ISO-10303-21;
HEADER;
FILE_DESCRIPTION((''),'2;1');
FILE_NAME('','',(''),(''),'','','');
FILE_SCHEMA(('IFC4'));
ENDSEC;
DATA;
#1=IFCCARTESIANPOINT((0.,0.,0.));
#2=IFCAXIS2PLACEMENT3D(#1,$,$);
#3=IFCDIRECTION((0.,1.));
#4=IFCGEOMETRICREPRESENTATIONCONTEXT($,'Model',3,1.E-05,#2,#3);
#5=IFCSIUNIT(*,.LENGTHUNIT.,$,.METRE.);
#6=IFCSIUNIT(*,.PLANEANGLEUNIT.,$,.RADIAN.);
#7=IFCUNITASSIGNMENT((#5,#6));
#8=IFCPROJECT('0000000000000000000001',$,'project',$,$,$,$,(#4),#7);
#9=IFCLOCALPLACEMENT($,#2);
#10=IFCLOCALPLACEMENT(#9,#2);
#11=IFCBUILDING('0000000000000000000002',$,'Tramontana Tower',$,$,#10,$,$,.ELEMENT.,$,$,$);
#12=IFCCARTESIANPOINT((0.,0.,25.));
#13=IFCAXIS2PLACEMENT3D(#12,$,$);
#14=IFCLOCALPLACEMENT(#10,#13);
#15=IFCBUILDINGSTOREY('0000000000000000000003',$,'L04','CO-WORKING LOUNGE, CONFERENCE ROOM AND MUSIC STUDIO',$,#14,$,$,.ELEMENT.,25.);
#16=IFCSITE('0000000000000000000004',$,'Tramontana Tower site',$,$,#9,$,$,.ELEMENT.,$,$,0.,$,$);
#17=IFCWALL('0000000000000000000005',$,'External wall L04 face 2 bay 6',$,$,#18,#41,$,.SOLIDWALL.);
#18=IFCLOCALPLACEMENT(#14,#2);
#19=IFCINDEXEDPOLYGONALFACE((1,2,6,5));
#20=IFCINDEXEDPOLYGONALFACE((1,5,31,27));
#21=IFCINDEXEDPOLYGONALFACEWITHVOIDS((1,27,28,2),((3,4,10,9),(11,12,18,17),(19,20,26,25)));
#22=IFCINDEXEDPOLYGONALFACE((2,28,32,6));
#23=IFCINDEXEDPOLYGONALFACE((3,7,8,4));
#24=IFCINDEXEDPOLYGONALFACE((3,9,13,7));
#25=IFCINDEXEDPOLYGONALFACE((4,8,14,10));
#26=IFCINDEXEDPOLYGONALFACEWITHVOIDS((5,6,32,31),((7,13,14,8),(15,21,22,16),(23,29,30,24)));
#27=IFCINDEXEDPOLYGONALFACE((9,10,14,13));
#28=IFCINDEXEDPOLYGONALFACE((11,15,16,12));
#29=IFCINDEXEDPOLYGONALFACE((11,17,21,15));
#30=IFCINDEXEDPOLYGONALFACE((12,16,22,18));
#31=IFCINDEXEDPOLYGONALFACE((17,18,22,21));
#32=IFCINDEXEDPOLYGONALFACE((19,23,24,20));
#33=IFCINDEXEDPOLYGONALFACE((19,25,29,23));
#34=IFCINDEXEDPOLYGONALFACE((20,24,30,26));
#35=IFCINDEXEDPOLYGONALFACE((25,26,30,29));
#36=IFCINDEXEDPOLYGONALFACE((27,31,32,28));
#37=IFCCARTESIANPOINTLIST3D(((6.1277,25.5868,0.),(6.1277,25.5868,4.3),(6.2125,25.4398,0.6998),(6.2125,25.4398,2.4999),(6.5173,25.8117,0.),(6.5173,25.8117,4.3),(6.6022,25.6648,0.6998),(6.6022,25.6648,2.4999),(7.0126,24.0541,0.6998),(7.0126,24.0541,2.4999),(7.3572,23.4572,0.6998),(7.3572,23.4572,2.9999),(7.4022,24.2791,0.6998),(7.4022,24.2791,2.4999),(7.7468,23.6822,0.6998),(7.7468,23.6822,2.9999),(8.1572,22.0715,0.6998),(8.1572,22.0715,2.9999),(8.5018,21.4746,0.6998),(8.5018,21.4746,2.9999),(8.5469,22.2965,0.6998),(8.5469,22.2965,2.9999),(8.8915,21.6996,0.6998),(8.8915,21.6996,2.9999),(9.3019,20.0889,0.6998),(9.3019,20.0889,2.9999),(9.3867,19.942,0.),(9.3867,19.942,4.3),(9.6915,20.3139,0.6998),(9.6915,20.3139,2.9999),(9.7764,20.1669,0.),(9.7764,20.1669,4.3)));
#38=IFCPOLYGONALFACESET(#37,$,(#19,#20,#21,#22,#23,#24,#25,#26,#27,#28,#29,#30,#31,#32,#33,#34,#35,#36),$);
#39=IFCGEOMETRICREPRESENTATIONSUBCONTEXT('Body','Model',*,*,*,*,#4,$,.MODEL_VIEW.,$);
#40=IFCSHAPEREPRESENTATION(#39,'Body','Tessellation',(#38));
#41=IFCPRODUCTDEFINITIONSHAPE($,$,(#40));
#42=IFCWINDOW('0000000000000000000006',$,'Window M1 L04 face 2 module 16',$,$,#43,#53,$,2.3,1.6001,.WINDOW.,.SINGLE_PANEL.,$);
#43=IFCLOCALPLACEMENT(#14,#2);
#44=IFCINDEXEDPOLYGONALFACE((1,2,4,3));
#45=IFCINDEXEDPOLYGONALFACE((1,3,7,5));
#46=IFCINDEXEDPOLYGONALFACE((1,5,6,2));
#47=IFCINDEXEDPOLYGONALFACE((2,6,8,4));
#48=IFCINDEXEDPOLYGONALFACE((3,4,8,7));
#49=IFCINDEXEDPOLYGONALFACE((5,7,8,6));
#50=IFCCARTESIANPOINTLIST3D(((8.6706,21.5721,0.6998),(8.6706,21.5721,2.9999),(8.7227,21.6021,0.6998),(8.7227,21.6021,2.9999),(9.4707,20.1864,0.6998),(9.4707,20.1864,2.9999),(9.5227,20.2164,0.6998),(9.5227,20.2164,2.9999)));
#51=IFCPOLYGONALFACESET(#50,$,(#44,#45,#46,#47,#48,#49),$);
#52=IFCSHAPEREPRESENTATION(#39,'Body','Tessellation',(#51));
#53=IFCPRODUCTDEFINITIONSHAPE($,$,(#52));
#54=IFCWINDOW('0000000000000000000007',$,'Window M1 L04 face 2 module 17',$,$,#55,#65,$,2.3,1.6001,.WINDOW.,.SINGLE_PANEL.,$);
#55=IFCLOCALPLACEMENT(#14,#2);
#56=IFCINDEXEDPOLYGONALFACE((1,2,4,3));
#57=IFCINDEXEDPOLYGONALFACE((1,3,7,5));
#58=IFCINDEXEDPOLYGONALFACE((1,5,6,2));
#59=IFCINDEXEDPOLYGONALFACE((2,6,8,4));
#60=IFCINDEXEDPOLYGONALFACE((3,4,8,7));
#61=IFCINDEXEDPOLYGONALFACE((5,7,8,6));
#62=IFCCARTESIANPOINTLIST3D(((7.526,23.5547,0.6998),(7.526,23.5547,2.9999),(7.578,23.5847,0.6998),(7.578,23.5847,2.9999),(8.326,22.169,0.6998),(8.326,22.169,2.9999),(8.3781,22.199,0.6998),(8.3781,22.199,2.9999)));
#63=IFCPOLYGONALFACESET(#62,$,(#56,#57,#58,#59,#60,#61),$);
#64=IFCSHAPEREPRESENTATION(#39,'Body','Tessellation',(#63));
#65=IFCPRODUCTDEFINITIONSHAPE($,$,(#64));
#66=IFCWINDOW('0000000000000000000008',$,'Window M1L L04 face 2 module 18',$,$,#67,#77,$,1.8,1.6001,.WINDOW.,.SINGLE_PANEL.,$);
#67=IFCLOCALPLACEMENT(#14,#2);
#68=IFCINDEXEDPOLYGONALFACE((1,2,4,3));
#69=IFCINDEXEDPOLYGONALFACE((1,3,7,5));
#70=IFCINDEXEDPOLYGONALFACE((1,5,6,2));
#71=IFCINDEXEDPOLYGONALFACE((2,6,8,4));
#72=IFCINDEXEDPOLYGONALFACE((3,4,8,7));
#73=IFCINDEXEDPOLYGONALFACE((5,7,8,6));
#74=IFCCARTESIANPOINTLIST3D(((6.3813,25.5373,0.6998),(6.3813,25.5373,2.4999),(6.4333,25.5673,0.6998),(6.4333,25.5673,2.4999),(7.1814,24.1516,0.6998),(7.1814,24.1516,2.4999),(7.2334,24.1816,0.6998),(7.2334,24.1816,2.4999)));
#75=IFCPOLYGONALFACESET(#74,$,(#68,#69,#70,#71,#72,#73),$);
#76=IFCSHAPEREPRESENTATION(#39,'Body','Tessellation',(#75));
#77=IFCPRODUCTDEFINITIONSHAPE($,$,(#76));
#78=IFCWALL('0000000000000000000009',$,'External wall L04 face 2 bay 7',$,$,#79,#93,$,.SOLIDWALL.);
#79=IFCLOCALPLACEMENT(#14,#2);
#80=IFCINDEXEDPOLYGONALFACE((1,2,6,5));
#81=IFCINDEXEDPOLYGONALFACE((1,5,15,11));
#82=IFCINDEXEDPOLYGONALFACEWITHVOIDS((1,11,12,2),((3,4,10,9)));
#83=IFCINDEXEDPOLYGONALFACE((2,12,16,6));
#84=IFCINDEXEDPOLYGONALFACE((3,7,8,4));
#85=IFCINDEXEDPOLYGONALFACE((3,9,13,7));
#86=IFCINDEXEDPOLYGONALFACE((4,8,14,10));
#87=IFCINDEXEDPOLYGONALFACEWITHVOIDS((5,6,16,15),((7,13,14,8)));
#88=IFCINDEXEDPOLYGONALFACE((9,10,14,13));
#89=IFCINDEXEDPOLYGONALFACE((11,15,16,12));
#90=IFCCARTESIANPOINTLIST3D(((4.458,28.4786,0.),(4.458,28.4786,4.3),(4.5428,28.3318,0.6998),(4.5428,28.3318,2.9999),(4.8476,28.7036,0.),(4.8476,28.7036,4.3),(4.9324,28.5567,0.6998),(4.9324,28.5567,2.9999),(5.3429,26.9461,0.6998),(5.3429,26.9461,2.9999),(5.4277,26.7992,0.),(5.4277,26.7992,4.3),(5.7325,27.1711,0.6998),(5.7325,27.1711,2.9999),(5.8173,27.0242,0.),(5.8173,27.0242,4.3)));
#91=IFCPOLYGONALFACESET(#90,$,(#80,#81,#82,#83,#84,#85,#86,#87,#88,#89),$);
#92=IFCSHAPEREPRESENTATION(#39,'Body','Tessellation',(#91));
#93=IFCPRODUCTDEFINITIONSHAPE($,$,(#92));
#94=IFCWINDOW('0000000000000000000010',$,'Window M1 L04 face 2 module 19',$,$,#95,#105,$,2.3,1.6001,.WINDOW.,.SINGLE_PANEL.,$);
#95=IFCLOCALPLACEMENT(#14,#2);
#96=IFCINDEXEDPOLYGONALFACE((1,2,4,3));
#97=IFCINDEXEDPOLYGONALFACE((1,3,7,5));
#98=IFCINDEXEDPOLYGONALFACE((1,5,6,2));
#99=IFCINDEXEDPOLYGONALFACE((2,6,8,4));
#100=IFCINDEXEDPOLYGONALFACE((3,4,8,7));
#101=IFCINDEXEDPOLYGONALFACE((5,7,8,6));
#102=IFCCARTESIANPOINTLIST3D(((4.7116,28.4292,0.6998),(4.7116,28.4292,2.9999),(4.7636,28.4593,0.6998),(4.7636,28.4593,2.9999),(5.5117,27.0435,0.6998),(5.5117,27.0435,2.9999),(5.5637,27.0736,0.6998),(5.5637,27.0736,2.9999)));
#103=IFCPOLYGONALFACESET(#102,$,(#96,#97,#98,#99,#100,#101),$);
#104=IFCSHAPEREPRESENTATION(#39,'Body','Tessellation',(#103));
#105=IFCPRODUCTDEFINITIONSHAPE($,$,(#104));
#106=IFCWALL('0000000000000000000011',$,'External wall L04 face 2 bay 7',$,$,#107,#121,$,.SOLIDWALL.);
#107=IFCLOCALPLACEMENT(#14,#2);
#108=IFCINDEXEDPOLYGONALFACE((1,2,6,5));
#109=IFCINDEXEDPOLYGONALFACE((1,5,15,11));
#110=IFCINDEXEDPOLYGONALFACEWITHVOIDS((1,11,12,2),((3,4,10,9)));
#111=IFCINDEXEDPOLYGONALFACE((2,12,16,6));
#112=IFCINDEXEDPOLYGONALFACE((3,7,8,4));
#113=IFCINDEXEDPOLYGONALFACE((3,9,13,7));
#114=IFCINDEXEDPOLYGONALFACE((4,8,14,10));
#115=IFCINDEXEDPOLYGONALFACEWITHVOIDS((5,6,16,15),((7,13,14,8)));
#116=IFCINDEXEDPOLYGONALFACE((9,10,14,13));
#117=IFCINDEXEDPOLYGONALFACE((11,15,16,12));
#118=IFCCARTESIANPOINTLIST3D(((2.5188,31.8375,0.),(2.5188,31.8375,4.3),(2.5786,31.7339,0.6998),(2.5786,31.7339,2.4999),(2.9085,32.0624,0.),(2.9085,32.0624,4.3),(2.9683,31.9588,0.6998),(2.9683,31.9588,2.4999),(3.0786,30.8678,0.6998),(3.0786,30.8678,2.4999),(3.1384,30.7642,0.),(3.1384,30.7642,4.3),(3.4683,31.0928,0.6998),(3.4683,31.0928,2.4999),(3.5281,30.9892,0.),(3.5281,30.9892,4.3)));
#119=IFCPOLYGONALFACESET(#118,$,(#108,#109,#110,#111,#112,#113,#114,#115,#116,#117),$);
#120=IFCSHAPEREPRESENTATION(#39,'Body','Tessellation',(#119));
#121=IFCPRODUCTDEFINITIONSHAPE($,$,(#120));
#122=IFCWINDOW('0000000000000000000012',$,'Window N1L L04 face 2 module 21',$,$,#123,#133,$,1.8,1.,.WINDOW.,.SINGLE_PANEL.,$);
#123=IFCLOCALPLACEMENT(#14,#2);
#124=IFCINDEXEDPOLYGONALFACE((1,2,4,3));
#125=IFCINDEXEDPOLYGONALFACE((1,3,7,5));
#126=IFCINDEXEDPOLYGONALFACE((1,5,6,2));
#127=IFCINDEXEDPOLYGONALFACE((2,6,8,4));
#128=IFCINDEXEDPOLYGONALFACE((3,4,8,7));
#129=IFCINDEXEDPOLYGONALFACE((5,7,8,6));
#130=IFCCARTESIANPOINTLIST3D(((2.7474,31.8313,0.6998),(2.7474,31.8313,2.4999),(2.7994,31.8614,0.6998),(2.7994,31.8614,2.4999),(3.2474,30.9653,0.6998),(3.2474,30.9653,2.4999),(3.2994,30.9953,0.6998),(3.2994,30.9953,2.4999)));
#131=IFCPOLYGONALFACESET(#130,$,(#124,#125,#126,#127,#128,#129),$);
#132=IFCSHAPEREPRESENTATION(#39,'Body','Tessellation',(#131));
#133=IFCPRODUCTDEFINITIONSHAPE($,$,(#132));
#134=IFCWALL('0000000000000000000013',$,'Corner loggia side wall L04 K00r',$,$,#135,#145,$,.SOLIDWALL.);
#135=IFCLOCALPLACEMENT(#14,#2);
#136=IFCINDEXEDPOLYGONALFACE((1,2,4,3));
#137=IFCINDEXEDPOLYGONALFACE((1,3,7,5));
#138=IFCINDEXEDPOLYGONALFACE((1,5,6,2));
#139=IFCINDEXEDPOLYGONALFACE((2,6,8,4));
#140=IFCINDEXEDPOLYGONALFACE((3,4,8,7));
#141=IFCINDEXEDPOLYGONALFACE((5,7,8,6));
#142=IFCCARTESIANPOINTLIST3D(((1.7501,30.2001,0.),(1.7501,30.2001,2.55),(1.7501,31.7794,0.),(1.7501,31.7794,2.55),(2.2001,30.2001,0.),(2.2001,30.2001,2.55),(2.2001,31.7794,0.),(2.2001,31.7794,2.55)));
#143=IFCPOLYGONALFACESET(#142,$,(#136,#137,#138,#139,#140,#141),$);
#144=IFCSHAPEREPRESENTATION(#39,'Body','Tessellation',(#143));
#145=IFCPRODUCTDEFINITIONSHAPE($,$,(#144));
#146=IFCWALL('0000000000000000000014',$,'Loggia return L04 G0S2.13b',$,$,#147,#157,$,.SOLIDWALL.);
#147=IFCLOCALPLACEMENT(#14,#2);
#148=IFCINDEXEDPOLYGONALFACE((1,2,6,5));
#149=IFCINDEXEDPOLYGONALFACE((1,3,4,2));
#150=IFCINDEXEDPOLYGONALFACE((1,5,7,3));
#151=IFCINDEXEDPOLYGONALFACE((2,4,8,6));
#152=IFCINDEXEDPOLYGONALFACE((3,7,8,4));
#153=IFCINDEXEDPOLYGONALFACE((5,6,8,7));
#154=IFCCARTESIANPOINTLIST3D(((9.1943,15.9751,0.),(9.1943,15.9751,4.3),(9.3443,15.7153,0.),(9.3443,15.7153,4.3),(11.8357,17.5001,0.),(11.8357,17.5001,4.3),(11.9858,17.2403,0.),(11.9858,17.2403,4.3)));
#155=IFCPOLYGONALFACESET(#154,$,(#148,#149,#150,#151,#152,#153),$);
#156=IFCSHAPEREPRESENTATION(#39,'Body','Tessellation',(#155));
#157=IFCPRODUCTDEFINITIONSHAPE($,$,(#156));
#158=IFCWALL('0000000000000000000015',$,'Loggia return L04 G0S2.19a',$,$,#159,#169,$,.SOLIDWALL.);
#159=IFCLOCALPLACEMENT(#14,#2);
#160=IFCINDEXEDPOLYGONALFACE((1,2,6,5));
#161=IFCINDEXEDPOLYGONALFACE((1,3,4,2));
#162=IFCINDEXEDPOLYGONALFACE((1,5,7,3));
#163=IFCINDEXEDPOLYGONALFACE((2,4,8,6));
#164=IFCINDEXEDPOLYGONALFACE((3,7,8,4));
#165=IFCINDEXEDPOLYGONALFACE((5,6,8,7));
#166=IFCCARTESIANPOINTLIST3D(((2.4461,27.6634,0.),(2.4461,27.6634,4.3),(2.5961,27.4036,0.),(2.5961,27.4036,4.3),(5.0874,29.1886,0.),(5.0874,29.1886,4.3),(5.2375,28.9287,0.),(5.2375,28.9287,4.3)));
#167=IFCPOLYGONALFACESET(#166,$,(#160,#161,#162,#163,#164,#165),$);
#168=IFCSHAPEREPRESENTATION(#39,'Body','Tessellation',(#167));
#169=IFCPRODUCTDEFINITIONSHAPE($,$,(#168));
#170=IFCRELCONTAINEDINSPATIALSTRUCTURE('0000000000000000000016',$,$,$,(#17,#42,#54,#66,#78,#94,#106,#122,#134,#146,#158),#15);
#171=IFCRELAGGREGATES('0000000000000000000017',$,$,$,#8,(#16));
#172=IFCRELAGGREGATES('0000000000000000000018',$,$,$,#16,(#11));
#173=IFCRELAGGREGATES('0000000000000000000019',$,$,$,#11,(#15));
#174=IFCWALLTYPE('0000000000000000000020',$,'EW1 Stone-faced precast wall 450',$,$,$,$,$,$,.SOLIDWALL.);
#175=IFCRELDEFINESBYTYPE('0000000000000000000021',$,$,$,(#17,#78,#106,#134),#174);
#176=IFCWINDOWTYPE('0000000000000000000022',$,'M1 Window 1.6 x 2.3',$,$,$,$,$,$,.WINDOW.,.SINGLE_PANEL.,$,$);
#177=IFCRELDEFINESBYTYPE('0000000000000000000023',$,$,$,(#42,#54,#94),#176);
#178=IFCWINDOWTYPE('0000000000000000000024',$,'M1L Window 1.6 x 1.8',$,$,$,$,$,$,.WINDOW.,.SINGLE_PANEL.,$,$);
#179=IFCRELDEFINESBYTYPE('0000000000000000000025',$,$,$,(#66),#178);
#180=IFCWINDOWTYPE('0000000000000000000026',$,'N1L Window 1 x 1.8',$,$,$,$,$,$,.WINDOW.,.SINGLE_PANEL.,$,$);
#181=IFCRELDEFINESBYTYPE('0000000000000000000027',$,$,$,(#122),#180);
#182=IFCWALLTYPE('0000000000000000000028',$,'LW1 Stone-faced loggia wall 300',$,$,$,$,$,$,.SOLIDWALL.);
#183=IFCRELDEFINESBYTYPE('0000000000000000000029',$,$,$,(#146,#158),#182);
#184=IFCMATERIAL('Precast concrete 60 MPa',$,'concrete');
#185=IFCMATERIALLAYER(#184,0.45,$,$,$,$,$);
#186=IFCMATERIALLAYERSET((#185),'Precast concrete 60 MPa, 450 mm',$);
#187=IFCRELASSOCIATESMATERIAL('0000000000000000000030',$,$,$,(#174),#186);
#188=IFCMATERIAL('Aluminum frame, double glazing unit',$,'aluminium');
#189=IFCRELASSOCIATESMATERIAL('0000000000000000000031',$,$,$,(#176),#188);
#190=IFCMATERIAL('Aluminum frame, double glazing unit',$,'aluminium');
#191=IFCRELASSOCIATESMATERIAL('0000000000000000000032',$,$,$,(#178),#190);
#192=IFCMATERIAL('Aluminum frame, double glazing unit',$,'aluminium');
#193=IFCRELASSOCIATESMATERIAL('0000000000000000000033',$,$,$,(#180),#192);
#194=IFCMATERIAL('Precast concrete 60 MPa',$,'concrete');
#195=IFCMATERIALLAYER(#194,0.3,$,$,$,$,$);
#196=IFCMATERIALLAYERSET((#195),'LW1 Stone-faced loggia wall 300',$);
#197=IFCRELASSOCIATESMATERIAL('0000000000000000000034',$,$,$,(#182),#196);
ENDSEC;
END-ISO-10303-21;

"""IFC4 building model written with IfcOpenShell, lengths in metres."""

from ifc_helpers import new_model, si_unit, direction, frame, frame_2d, origin, place, context, subcontext, project, spatial, rectangle, extrude, material, layer, layer_set, type_object, element, fill, save


model = new_model("IFC4")

# Units and contexts
model_context = context("Model", 3, precision=1e-05, world=origin(), true_north=direction((0.0, 1.0)))
body_context = subcontext(model_context, "Body", "Model", "MODEL_VIEW")
ifc_project = project(units=[si_unit("LENGTHUNIT", "METRE"), si_unit("PLANEANGLEUNIT", "RADIAN")], contexts=[model_context])

# Site, building, storey
site_placement = place(None, origin())
site = spatial("IfcSite", under=ifc_project, at=site_placement, Name="Tramontana Tower site", CompositionType="ELEMENT", RefElevation=0.0)
building_placement = place(site_placement, origin())
building = spatial("IfcBuilding", under=site, at=building_placement, Name="Tramontana Tower", CompositionType="ELEMENT")
storey_placement = place(building_placement, frame((0.0, 0.0, 25.0)))
storey = spatial("IfcBuildingStorey", under=building, at=storey_placement, Name="L04", Description="CO-WORKING LOUNGE, CONFERENCE ROOM AND MUSIC STUDIO", CompositionType="ELEMENT", Elevation=25.0)

# Shared definitions
ifc_material_1 = material(Name="Precast concrete 60 MPa", Category="concrete")
ifc_layer_1 = layer(ifc_material_1, 0.45)
ifc_layer_set_1 = layer_set([ifc_layer_1], Name="Precast concrete 60 MPa, 450 mm")
wall_type_1 = type_object("IfcWallType", Name="EW1 Stone-faced precast wall 450", PredefinedType="SOLIDWALL", material=ifc_layer_set_1)
ifc_material_2 = material(Name="Aluminum frame, double glazing unit", Category="aluminium")
window_type_1 = type_object("IfcWindowType", Name="M1 Window 1.6 x 2.3", PartitioningType="SINGLE_PANEL", PredefinedType="WINDOW", material=ifc_material_2)

# Wall, openings, windows
wall_1_placement = place(storey_placement, frame((9.5815, 20.0544, 0.0), z_axis=(0.0, 0.0, 1.0), x_axis=(-0.500002, 0.866024, 0.0)))
wall_1 = element("IfcWall", 1, at=wall_1_placement, inside=storey, type_object=wall_type_1, Name="External wall L04 face 2 bay 6", PredefinedType="SOLIDWALL", context=body_context, shape_type="SweptSolid", body=[
    extrude(rectangle(XDim=6.5181, YDim=0.45, at=frame_2d((3.259, 0.0))), origin(), (0.0, 0.0, 1.0), 4.3),
])
opening_1_placement = place(wall_1_placement, frame((0.1697, 0.0, 0.7)))
opening_1 = element("IfcOpeningElement", 2, at=opening_1_placement, cuts=wall_1, PredefinedType="OPENING", context=body_context, shape_type="SweptSolid", body=[
    extrude(rectangle(XDim=1.6001, YDim=2.3, at=frame_2d((0.8, 1.1499))), frame((0.0, 0.2349, 0.0), z_axis=(0.0, -1.0, 0.0), x_axis=(1.0, 0.0, 0.0)), (0.0, 0.0, 1.0), 0.47),
])
opening_2_placement = place(wall_1_placement, frame((2.459, 0.0, 0.7)))
opening_2 = element("IfcOpeningElement", 3, at=opening_2_placement, cuts=wall_1, PredefinedType="OPENING", context=body_context, shape_type="SweptSolid", body=[
    extrude(rectangle(XDim=1.6001, YDim=2.3, at=frame_2d((0.8, 1.1499))), frame((0.0, 0.2349, 0.0), z_axis=(0.0, -1.0, 0.0), x_axis=(1.0, 0.0, 0.0)), (0.0, 0.0, 1.0), 0.47),
])
opening_3_placement = place(wall_1_placement, frame((4.7483, 0.0, 0.7)))
opening_3 = element("IfcOpeningElement", 4, at=opening_3_placement, cuts=wall_1, PredefinedType="OPENING", context=body_context, shape_type="SweptSolid", body=[
    extrude(rectangle(XDim=1.6001, YDim=1.8, at=frame_2d((0.8, 0.8999))), frame((0.0, 0.2349, 0.0), z_axis=(0.0, -1.0, 0.0), x_axis=(1.0, 0.0, 0.0)), (0.0, 0.0, 1.0), 0.47),
])
window_1_placement = place(opening_1_placement, origin())
window_1 = element("IfcWindow", 5, at=window_1_placement, inside=storey, type_object=window_type_1, Name="Window M1 L04 face 2 module 16", OverallHeight=2.3, OverallWidth=1.6001, PartitioningType="SINGLE_PANEL", PredefinedType="WINDOW", context=body_context, shape_type="SweptSolid", body=[
    extrude(rectangle(XDim=1.6001, YDim=2.3, at=frame_2d((0.8, 1.1499))), frame((0.0, 0.03, 0.0), z_axis=(0.0, -1.0, 0.0), x_axis=(1.0, 0.0, 0.0)), (0.0, 0.0, 1.0), 0.0601),
])
fill(opening_1, window_1)
window_2_placement = place(opening_2_placement, origin())
window_2 = element("IfcWindow", 6, at=window_2_placement, inside=storey, type_object=window_type_1, Name="Window M1 L04 face 2 module 17", OverallHeight=2.3, OverallWidth=1.6001, PartitioningType="SINGLE_PANEL", PredefinedType="WINDOW", context=body_context, shape_type="SweptSolid", body=[
    extrude(rectangle(XDim=1.6001, YDim=2.3, at=frame_2d((0.8, 1.1499))), frame((0.0, 0.03, 0.0), z_axis=(0.0, -1.0, 0.0), x_axis=(1.0, 0.0, 0.0)), (0.0, 0.0, 1.0), 0.0601),
])
fill(opening_2, window_2)
ifc_material_3 = material(Name="Aluminum frame, double glazing unit", Category="aluminium")
window_type_2 = type_object("IfcWindowType", Name="M1L Window 1.6 x 1.8", PartitioningType="SINGLE_PANEL", PredefinedType="WINDOW", material=ifc_material_3)
window_3_placement = place(opening_3_placement, origin())
window_3 = element("IfcWindow", 7, at=window_3_placement, inside=storey, type_object=window_type_2, Name="Window M1L L04 face 2 module 18", OverallHeight=1.8, OverallWidth=1.6001, PartitioningType="SINGLE_PANEL", PredefinedType="WINDOW", context=body_context, shape_type="SweptSolid", body=[
    extrude(rectangle(XDim=1.6001, YDim=1.8, at=frame_2d((0.8, 0.8999))), frame((0.0, 0.03, 0.0), z_axis=(0.0, -1.0, 0.0), x_axis=(1.0, 0.0, 0.0)), (0.0, 0.0, 1.0), 0.0601),
])
fill(opening_3, window_3)

# Walls, openings, windows
wall_2_placement = place(storey_placement, frame((5.6226, 26.9116, 0.0), z_axis=(0.0, 0.0, 1.0), x_axis=(-0.500038, 0.866003, 0.0)))
wall_2 = element("IfcWall", 8, at=wall_2_placement, inside=storey, type_object=wall_type_1, Name="External wall L04 face 2 bay 7", PredefinedType="SOLIDWALL", context=body_context, shape_type="SweptSolid", body=[
    extrude(rectangle(XDim=1.9392, YDim=0.45, at=frame_2d((0.9697, 0.0))), origin(), (0.0, 0.0, 1.0), 4.3),
])
opening_4_placement = place(wall_2_placement, frame((0.1697, 0.0, 0.7)))
opening_4 = element("IfcOpeningElement", 9, at=opening_4_placement, cuts=wall_2, PredefinedType="OPENING", context=body_context, shape_type="SweptSolid", body=[
    extrude(rectangle(XDim=1.6001, YDim=2.3, at=frame_2d((0.8, 1.1499))), frame((0.0, 0.2349, 0.0), z_axis=(0.0, -1.0, 0.0), x_axis=(1.0, 0.0, 0.0)), (0.0, 0.0, 1.0), 0.47),
])
window_4_placement = place(opening_4_placement, origin())
window_4 = element("IfcWindow", 10, at=window_4_placement, inside=storey, type_object=window_type_1, Name="Window M1 L04 face 2 module 19", OverallHeight=2.3, OverallWidth=1.6001, PartitioningType="SINGLE_PANEL", PredefinedType="WINDOW", context=body_context, shape_type="SweptSolid", body=[
    extrude(rectangle(XDim=1.6001, YDim=2.3, at=frame_2d((0.8, 1.1499))), frame((0.0, 0.03, 0.0), z_axis=(0.0, -1.0, 0.0), x_axis=(1.0, 0.0, 0.0)), (0.0, 0.0, 1.0), 0.0601),
])
fill(opening_4, window_4)
wall_3_placement = place(storey_placement, frame((3.3333, 30.8767, 0.0), z_axis=(0.0, 0.0, 1.0), x_axis=(-0.499995, 0.866028, 0.0)))
wall_3 = element("IfcWall", 11, at=wall_3_placement, inside=storey, type_object=wall_type_1, Name="External wall L04 face 2 bay 7", PredefinedType="SOLIDWALL", context=body_context, shape_type="SweptSolid", body=[
    extrude(rectangle(XDim=1.2393, YDim=0.45, at=frame_2d((0.6196, 0.0))), origin(), (0.0, 0.0, 1.0), 4.3),
])
opening_5_placement = place(wall_3_placement, frame((0.1196, 0.0, 0.7)))
opening_5 = element("IfcOpeningElement", 12, at=opening_5_placement, cuts=wall_3, PredefinedType="OPENING", context=body_context, shape_type="SweptSolid", body=[
    extrude(rectangle(XDim=1.0, YDim=1.8, at=frame_2d((0.5, 0.8999))), frame((0.0, 0.2349, 0.0), z_axis=(0.0, -1.0, 0.0), x_axis=(1.0, 0.0, 0.0)), (0.0, 0.0, 1.0), 0.47),
])
ifc_material_4 = material(Name="Aluminum frame, double glazing unit", Category="aluminium")
window_type_3 = type_object("IfcWindowType", Name="N1L Window 1 x 1.8", PartitioningType="SINGLE_PANEL", PredefinedType="WINDOW", material=ifc_material_4)
window_5_placement = place(opening_5_placement, origin())
window_5 = element("IfcWindow", 13, at=window_5_placement, inside=storey, type_object=window_type_3, Name="Window N1L L04 face 2 module 21", OverallHeight=1.8, OverallWidth=1.0, PartitioningType="SINGLE_PANEL", PredefinedType="WINDOW", context=body_context, shape_type="SweptSolid", body=[
    extrude(rectangle(XDim=1.0, YDim=1.8, at=frame_2d((0.5, 0.8999))), frame((0.0, 0.03, 0.0), z_axis=(0.0, -1.0, 0.0), x_axis=(1.0, 0.0, 0.0)), (0.0, 0.0, 1.0), 0.0601),
])
fill(opening_5, window_5)

# Walls
wall_4_placement = place(storey_placement, frame((1.9751, 31.7793, 0.0), z_axis=(0.0, 0.0, 1.0), x_axis=(0.0, -1.0, 0.0)))
element("IfcWall", 14, at=wall_4_placement, inside=storey, type_object=wall_type_1, Name="Corner loggia side wall L04 K00r", PredefinedType="SOLIDWALL", context=body_context, shape_type="SweptSolid", body=[
    extrude(rectangle(XDim=1.5793, YDim=0.45, at=frame_2d((0.7896, 0.0))), origin(), (0.0, 0.0, 1.0), 2.55),
])
ifc_material_5 = material(Name="Precast concrete 60 MPa", Category="concrete")
ifc_layer_2 = layer(ifc_material_5, 0.3)
ifc_layer_set_2 = layer_set([ifc_layer_2], Name="LW1 Stone-faced loggia wall 300")
wall_type_2 = type_object("IfcWallType", Name="LW1 Stone-faced loggia wall 300", PredefinedType="SOLIDWALL", material=ifc_layer_set_2)
wall_5_placement = place(storey_placement, frame((11.9106, 17.3701, 0.0), z_axis=(0.0, 0.0, 1.0), x_axis=(-0.866038, -0.499979, 0.0)))
element("IfcWall", 15, at=wall_5_placement, inside=storey, type_object=wall_type_2, Name="Loggia return L04 G0S2.13b", PredefinedType="SOLIDWALL", context=body_context, shape_type="SweptSolid", body=[
    extrude(rectangle(XDim=3.05, YDim=0.3, at=frame_2d((1.5249, 0.0))), origin(), (0.0, 0.0, 1.0), 4.3),
])

# Wall
for number, where, z_axis, x_axis, name in (
    (16, (5.1624, 29.0586, 0.0), (0.0, 0.0, 1.0), (-0.866003, -0.500039, 0.0), "Loggia return L04 G0S2.19a"),
):
    element("IfcWall", number, at=place(storey_placement, frame(where, z_axis=z_axis, x_axis=x_axis)), inside=storey, type_object=wall_type_2, Name=name, PredefinedType="SOLIDWALL", context=body_context, shape_type="SweptSolid", body=[
        extrude(rectangle(XDim=3.05, YDim=0.3, at=frame_2d((1.5249, 0.0))), origin(), (0.0, 0.0, 1.0), 4.3),
    ])

save(model, "model.ifc")
